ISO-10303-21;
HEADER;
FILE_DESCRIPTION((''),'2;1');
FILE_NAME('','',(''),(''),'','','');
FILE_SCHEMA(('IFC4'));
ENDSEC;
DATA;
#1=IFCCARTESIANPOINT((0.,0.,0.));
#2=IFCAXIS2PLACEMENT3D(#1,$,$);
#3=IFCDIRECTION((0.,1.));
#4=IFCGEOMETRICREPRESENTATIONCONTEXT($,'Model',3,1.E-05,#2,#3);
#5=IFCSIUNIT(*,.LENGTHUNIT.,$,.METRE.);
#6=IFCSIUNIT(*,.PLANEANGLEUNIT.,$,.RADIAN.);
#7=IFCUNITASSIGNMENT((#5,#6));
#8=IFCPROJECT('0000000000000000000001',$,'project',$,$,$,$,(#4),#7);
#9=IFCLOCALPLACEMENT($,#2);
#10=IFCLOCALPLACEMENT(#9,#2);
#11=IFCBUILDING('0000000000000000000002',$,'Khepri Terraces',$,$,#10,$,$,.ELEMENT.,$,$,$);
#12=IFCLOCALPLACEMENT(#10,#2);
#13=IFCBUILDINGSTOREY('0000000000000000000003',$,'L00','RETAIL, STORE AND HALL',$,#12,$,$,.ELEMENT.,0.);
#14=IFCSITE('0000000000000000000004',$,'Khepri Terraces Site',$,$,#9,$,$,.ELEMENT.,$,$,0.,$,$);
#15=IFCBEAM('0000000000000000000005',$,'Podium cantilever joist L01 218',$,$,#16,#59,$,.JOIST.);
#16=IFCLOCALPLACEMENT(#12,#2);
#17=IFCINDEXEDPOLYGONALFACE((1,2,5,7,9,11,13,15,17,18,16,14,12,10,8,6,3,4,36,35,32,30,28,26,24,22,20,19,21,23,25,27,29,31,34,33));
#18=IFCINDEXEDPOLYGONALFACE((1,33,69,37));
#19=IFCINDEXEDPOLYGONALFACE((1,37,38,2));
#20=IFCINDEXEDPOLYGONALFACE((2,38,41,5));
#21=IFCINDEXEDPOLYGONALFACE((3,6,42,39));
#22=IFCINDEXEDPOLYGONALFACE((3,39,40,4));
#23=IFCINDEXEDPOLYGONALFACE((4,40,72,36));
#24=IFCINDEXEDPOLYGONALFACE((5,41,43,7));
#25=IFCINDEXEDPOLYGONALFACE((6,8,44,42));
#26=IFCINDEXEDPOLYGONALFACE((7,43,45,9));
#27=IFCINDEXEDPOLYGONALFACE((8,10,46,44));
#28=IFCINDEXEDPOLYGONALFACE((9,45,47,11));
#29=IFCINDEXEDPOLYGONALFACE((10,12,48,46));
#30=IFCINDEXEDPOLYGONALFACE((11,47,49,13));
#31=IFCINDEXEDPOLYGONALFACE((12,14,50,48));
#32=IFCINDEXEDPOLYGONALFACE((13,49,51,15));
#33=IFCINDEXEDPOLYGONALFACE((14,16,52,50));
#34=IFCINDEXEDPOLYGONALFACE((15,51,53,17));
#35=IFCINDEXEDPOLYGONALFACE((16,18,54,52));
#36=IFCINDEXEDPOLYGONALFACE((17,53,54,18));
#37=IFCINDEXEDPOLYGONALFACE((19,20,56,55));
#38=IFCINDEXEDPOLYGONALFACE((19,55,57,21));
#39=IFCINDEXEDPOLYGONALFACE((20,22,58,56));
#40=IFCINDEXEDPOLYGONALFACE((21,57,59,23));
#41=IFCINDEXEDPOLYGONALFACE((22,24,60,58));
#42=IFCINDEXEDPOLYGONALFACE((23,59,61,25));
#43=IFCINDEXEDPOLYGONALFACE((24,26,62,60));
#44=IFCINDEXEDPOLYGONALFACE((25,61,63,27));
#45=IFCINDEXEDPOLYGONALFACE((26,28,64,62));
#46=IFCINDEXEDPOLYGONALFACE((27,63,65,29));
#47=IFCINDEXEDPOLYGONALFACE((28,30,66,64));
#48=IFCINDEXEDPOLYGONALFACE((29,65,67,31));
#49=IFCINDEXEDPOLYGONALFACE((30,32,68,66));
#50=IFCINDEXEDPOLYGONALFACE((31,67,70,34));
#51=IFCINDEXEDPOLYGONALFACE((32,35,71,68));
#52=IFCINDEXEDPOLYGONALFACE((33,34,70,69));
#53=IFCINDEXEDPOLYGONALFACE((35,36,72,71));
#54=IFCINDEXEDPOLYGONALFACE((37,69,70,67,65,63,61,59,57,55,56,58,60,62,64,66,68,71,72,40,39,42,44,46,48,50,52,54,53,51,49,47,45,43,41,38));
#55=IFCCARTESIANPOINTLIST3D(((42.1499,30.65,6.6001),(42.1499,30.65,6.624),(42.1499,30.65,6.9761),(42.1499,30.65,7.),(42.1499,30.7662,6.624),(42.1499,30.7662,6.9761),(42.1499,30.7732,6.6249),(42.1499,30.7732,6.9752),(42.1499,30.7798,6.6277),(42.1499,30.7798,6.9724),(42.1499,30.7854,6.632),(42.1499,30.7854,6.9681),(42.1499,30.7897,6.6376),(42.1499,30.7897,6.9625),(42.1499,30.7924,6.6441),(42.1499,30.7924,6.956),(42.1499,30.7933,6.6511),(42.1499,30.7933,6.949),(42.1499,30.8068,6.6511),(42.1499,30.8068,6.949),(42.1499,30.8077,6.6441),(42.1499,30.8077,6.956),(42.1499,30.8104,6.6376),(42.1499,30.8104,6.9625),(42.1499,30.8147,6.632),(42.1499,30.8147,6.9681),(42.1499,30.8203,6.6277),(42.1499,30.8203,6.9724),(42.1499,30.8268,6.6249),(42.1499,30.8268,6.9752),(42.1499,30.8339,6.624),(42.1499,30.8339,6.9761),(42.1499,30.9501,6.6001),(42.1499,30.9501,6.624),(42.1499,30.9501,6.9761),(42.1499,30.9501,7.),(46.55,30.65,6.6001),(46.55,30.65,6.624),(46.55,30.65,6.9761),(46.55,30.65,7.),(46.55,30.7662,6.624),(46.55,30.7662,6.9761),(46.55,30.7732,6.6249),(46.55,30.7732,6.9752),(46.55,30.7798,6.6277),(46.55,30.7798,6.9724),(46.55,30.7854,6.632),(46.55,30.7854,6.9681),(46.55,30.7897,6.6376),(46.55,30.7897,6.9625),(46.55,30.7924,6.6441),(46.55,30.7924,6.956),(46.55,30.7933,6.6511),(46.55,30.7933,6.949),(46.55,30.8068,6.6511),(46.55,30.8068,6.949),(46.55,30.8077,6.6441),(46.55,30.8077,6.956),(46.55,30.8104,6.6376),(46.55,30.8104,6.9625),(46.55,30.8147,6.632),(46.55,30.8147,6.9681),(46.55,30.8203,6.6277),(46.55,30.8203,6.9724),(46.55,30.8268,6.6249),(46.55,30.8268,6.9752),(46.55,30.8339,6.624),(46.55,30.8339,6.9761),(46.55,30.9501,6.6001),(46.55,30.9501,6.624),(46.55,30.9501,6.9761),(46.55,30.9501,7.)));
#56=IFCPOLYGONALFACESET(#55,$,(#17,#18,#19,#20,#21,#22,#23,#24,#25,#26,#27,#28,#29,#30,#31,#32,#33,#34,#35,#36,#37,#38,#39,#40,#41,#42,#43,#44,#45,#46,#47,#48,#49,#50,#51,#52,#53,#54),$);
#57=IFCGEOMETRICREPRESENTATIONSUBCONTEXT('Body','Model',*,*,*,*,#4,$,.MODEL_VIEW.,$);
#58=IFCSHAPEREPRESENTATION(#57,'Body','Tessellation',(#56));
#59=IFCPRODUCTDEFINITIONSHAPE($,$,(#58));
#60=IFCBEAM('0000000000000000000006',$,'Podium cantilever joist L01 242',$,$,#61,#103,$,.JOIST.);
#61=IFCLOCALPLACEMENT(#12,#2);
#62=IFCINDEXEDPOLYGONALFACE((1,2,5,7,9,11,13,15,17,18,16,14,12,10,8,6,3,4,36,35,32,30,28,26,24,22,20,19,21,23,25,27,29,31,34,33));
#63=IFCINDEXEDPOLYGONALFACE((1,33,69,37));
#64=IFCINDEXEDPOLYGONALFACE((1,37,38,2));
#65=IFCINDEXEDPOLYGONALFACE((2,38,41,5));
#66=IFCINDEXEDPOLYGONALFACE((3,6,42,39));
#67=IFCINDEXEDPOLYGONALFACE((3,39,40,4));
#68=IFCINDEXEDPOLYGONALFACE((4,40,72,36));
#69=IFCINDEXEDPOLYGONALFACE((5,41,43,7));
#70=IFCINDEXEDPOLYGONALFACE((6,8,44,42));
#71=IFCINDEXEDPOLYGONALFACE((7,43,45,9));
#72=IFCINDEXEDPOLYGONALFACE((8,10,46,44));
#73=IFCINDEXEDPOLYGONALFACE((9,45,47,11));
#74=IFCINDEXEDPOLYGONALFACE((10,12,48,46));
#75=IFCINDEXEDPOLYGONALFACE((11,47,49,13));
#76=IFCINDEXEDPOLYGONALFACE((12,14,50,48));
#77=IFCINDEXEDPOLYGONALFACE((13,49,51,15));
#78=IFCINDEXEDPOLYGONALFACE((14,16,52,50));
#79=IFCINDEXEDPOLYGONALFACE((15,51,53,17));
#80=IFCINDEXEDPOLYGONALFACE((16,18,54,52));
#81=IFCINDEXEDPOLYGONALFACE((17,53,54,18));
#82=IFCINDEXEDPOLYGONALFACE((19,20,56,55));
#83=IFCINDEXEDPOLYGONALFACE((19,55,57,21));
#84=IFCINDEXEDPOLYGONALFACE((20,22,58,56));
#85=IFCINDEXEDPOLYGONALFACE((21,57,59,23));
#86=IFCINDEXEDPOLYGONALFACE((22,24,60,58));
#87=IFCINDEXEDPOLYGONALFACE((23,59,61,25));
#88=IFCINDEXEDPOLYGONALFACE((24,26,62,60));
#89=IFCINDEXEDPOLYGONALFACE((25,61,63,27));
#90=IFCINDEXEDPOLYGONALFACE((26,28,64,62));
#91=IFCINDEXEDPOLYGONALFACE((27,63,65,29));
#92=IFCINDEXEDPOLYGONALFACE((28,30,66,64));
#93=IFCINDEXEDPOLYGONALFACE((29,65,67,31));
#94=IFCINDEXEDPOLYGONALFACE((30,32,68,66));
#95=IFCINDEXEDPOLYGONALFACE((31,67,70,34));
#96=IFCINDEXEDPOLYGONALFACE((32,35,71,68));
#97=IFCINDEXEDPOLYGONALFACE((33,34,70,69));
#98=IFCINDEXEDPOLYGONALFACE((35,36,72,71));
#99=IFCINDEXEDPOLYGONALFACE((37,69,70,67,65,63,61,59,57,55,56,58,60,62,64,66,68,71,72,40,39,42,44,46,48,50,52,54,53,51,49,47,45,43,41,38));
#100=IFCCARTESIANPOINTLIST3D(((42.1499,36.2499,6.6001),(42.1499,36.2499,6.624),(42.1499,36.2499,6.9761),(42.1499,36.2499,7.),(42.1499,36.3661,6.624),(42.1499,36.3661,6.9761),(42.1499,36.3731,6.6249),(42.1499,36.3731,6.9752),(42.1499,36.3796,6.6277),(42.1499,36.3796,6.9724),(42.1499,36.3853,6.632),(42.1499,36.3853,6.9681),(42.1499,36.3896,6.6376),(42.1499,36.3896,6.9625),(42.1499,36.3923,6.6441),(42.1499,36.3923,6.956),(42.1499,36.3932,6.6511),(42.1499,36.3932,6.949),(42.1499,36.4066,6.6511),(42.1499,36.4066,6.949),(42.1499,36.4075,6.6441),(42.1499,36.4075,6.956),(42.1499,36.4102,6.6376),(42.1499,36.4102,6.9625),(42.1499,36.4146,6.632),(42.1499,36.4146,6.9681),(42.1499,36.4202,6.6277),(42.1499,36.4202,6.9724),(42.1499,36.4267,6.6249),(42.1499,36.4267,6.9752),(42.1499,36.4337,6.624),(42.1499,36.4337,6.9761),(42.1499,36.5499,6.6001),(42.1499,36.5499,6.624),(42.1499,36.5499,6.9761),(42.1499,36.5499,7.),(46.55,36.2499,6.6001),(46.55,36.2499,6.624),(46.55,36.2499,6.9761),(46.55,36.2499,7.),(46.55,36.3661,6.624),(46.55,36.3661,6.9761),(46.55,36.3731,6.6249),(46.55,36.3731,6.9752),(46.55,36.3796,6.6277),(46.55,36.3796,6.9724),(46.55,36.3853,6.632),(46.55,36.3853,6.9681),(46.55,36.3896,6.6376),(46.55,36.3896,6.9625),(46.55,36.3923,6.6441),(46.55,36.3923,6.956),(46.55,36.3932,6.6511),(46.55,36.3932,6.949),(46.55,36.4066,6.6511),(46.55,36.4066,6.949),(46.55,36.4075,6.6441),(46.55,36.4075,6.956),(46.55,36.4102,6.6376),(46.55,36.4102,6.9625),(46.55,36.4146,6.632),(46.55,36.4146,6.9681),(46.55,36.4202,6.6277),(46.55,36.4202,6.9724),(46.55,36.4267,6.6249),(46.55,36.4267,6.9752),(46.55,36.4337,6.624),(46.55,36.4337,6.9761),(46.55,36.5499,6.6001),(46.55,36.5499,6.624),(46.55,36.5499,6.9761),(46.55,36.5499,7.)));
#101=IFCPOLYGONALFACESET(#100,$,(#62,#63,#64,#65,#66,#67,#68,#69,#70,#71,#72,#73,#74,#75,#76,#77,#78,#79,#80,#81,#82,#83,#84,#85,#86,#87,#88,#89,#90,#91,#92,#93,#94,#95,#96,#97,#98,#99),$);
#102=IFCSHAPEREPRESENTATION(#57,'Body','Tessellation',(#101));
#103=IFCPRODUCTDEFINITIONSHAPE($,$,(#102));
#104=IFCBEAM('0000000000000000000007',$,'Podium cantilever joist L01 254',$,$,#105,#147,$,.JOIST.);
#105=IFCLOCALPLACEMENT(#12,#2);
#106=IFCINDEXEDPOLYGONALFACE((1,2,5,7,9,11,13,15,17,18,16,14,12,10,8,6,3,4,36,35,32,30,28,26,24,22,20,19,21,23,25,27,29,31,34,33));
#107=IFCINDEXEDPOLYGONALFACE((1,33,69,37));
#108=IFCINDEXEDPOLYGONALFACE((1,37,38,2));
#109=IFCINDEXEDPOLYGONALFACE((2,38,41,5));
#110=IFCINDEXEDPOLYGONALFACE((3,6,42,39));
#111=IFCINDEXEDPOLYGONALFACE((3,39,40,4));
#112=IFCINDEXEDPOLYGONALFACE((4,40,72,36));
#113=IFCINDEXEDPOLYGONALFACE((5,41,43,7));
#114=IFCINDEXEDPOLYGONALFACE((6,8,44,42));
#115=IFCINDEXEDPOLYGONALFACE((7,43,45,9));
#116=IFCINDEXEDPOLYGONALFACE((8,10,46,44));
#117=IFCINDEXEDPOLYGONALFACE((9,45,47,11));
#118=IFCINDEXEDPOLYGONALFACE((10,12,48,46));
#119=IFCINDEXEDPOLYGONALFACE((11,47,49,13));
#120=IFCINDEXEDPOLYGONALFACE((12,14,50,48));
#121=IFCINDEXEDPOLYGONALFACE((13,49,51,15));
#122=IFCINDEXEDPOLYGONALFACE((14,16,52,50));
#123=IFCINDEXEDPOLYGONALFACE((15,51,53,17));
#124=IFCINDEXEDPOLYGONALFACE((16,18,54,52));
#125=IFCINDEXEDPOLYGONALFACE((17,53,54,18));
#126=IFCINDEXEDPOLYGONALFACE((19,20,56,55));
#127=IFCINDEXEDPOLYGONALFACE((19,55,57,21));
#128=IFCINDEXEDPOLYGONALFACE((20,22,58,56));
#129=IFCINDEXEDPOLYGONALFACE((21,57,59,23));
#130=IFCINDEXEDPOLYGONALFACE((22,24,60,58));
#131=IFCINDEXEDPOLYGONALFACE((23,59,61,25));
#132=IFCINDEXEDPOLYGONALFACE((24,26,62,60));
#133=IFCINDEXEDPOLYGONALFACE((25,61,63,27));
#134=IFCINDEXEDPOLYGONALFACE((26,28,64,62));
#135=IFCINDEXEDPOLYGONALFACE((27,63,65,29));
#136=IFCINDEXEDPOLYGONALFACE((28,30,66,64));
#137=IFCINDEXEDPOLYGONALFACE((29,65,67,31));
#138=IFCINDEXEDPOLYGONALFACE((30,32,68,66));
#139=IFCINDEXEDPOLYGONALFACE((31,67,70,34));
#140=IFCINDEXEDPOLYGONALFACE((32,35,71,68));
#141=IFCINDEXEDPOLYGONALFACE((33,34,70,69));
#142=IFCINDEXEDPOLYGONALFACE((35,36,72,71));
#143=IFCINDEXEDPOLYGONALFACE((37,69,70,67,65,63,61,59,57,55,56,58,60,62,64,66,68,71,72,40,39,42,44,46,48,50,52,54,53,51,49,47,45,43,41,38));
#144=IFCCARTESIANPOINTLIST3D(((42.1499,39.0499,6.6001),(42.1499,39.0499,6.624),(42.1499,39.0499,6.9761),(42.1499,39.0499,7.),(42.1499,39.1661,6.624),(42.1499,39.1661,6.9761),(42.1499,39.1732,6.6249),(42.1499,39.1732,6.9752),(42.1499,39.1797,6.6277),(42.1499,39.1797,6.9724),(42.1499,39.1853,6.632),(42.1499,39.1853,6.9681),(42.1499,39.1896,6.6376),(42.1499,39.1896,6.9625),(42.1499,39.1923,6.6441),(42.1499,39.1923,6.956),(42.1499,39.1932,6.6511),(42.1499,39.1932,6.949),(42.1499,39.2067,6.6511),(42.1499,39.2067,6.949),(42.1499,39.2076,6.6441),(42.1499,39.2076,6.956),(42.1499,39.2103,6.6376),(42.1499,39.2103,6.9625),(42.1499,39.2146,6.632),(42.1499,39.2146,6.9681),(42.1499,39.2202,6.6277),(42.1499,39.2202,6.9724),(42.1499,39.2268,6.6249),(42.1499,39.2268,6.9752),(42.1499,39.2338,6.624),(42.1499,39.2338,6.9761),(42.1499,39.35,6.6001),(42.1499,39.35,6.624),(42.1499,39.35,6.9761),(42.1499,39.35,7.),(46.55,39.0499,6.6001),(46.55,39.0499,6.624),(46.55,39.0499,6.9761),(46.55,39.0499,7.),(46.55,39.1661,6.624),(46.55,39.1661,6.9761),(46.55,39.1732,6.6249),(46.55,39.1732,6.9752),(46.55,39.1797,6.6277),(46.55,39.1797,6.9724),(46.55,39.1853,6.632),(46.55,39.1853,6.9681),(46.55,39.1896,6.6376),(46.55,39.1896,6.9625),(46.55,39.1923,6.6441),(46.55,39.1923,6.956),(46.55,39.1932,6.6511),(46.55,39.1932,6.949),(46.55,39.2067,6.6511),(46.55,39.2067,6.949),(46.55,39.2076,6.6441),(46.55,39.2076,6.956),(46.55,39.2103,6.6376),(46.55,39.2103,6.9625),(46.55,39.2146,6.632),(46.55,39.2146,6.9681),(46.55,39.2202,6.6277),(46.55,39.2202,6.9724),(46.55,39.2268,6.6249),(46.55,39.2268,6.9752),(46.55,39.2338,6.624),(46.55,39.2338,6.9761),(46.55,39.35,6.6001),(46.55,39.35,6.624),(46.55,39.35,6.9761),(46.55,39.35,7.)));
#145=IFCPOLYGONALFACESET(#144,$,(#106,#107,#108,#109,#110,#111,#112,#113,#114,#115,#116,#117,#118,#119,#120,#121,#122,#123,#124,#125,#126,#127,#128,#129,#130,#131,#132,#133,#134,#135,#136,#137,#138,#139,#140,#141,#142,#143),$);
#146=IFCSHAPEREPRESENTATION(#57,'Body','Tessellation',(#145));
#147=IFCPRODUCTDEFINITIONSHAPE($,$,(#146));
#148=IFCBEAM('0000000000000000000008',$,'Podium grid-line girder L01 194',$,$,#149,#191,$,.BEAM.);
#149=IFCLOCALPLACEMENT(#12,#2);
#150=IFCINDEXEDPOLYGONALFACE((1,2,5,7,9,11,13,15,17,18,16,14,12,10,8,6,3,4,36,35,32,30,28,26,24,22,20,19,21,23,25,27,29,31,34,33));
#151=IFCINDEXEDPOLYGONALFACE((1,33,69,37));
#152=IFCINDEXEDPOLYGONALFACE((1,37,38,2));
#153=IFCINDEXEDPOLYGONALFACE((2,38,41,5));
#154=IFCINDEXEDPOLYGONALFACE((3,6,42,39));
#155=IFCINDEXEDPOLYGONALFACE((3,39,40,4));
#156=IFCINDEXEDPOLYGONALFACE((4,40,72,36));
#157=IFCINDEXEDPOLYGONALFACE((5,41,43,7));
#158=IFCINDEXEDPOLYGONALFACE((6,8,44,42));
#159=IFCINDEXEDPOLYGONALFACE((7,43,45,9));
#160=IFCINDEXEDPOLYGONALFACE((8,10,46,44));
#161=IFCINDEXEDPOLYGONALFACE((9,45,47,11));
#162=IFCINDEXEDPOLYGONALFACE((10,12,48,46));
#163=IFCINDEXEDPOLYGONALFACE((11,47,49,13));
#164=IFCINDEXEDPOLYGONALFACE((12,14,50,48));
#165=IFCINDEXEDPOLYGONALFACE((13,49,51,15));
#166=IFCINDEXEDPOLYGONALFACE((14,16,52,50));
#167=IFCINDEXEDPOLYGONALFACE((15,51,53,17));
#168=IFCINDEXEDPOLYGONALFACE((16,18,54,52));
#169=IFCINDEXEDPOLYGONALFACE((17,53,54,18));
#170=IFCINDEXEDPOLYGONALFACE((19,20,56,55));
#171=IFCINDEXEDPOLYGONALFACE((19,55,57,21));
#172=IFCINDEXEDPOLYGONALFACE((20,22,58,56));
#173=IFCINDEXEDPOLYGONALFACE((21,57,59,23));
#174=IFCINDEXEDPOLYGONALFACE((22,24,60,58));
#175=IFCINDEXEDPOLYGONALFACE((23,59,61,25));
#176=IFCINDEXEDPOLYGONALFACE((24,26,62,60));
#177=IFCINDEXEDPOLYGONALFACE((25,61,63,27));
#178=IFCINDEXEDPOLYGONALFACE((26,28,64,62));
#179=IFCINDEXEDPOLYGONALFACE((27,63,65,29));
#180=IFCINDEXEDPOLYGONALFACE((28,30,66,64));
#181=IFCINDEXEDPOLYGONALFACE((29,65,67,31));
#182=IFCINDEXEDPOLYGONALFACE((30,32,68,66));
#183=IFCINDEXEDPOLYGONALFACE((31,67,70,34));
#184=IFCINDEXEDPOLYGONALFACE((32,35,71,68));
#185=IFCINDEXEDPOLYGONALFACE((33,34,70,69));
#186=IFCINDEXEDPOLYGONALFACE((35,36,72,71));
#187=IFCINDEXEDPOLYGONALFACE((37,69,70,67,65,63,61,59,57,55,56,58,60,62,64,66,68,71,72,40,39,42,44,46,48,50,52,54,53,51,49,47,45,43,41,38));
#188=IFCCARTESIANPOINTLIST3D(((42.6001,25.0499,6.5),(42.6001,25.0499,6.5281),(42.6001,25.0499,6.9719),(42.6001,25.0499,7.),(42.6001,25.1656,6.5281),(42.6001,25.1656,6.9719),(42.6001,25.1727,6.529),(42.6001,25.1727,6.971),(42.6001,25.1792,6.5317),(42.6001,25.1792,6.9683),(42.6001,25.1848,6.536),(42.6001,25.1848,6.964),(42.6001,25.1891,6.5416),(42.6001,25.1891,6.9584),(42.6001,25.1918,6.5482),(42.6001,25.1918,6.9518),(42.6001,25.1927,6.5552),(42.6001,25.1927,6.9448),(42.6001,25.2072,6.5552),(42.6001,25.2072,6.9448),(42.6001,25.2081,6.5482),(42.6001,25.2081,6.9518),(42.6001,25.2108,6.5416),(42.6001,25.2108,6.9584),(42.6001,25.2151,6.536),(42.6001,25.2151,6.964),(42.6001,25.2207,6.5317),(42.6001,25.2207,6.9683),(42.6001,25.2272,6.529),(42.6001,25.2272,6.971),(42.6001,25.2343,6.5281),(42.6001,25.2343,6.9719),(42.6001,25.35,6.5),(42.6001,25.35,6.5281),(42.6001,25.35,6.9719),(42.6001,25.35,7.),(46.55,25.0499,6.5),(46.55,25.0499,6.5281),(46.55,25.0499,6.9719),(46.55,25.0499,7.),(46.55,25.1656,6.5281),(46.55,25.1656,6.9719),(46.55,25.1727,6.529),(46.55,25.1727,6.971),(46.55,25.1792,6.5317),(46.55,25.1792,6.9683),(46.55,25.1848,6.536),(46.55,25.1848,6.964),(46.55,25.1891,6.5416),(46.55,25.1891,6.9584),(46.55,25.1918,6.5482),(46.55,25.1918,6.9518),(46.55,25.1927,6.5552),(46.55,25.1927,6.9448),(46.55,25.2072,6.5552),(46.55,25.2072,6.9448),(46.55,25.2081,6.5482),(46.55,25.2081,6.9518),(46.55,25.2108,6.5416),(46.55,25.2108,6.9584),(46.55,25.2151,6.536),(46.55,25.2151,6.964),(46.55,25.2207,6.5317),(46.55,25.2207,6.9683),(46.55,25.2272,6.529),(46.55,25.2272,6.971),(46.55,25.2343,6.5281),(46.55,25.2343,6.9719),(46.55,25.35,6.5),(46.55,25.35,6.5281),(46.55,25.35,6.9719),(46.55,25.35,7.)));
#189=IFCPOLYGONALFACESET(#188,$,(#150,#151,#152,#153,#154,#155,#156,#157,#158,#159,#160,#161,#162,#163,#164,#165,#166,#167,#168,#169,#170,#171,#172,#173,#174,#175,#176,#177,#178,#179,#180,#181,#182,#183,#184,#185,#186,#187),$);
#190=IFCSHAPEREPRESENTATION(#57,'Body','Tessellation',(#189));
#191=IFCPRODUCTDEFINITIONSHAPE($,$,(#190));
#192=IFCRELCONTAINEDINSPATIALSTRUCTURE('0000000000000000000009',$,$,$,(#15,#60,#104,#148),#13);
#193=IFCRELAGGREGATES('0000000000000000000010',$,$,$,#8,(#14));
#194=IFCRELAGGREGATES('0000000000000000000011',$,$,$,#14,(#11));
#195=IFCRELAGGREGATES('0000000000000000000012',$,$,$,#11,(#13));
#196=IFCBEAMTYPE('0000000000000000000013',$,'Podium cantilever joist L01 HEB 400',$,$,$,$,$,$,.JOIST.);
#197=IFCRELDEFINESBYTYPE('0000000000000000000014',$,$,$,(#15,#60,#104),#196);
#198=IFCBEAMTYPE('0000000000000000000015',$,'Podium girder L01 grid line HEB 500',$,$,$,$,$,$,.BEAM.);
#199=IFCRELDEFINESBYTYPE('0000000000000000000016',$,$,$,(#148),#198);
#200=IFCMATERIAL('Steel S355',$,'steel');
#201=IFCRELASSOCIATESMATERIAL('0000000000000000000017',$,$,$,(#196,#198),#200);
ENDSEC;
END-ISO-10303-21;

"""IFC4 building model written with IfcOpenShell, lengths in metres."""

from ifc_helpers import new_model, si_unit, direction, frame, origin, origin_2d, place, context, subcontext, project, spatial, i_section, extrude, material, material_profile, profile_set, type_object, element, save


model = new_model("IFC4")

# Units and contexts
model_context = context("Model", 3, precision=1e-05, world=origin(), true_north=direction((0.0, 1.0)))
body_context = subcontext(model_context, "Body", "Model", "MODEL_VIEW")
ifc_project = project(units=[si_unit("LENGTHUNIT", "METRE"), si_unit("PLANEANGLEUNIT", "RADIAN")], contexts=[model_context])

# Site, building, storey
site_placement = place(None, origin())
site = spatial("IfcSite", under=ifc_project, at=site_placement, Name="Khepri Terraces Site", CompositionType="ELEMENT", RefElevation=0.0)
building_placement = place(site_placement, origin())
building = spatial("IfcBuilding", under=site, at=building_placement, Name="Khepri Terraces", CompositionType="ELEMENT")
storey_placement = place(building_placement, origin())
storey = spatial("IfcBuildingStorey", under=building, at=storey_placement, Name="L00", Description="RETAIL, STORE AND HALL", CompositionType="ELEMENT", Elevation=0.0)

# Beams
ifc_material_1 = material(Name="Steel S355", Category="steel")
ifc_material_profile_1 = material_profile(ifc_material_1, i_section(OverallWidth=0.3, OverallDepth=0.3999, WebThickness=0.0134, FlangeThickness=0.0239, FilletRadius=0.0271, at=origin_2d()), Name="Steel S355", Category="steel")
ifc_profile_set_1 = profile_set([ifc_material_profile_1], Name="Steel S355")
beam_type_1 = type_object("IfcBeamType", Name="Podium cantilever joist L01 HEB 400", PredefinedType="JOIST", material=ifc_profile_set_1)
for number, where, z_axis, x_axis, name in (
    (1, (42.1499, 30.8, 6.8), (1.0, 0.0, 0.0), (0.0, 1.0, 0.0), "Podium cantilever joist L01 218"),
    (2, (42.1499, 36.3999, 6.8), (1.0, 0.0, 0.0), (0.0, 1.0, 0.0), "Podium cantilever joist L01 242"),
    (3, (42.1499, 39.2, 6.8), (1.0, 0.0, 0.0), (0.0, 1.0, 0.0), "Podium cantilever joist L01 254"),
):
    element("IfcBeam", number, at=place(storey_placement, frame(where, z_axis=z_axis, x_axis=x_axis)), inside=storey, type_object=beam_type_1, Name=name, PredefinedType="JOIST", context=body_context, shape_type="SweptSolid", body=[
        extrude(i_section(OverallWidth=0.3, OverallDepth=0.3999, WebThickness=0.0134, FlangeThickness=0.0239, FilletRadius=0.0271, at=origin_2d()), origin(), (0.0, 0.0, 1.0), 4.4001),
    ])
ifc_material_profile_2 = material_profile(ifc_material_1, i_section(OverallWidth=0.3, OverallDepth=0.5, WebThickness=0.0144, FlangeThickness=0.0281, FilletRadius=0.0271, at=origin_2d()), Name="Steel S355", Category="steel")
ifc_profile_set_2 = profile_set([ifc_material_profile_2], Name="Steel S355")
beam_type_2 = type_object("IfcBeamType", Name="Podium girder L01 grid line HEB 500", PredefinedType="BEAM", material=ifc_profile_set_2)
for number, where, z_axis, x_axis, name in (
    (4, (42.6001, 25.2, 6.75), (1.0, 0.0, 0.0), (0.0, 1.0, 0.0), "Podium grid-line girder L01 194"),
):
    element("IfcBeam", number, at=place(storey_placement, frame(where, z_axis=z_axis, x_axis=x_axis)), inside=storey, type_object=beam_type_2, Name=name, PredefinedType="BEAM", context=body_context, shape_type="SweptSolid", body=[
        extrude(i_section(OverallWidth=0.3, OverallDepth=0.5, WebThickness=0.0144, FlangeThickness=0.0281, FilletRadius=0.0271, at=origin_2d()), origin(), (0.0, 0.0, 1.0), 3.95),
    ])

save(model, "model.ifc")
